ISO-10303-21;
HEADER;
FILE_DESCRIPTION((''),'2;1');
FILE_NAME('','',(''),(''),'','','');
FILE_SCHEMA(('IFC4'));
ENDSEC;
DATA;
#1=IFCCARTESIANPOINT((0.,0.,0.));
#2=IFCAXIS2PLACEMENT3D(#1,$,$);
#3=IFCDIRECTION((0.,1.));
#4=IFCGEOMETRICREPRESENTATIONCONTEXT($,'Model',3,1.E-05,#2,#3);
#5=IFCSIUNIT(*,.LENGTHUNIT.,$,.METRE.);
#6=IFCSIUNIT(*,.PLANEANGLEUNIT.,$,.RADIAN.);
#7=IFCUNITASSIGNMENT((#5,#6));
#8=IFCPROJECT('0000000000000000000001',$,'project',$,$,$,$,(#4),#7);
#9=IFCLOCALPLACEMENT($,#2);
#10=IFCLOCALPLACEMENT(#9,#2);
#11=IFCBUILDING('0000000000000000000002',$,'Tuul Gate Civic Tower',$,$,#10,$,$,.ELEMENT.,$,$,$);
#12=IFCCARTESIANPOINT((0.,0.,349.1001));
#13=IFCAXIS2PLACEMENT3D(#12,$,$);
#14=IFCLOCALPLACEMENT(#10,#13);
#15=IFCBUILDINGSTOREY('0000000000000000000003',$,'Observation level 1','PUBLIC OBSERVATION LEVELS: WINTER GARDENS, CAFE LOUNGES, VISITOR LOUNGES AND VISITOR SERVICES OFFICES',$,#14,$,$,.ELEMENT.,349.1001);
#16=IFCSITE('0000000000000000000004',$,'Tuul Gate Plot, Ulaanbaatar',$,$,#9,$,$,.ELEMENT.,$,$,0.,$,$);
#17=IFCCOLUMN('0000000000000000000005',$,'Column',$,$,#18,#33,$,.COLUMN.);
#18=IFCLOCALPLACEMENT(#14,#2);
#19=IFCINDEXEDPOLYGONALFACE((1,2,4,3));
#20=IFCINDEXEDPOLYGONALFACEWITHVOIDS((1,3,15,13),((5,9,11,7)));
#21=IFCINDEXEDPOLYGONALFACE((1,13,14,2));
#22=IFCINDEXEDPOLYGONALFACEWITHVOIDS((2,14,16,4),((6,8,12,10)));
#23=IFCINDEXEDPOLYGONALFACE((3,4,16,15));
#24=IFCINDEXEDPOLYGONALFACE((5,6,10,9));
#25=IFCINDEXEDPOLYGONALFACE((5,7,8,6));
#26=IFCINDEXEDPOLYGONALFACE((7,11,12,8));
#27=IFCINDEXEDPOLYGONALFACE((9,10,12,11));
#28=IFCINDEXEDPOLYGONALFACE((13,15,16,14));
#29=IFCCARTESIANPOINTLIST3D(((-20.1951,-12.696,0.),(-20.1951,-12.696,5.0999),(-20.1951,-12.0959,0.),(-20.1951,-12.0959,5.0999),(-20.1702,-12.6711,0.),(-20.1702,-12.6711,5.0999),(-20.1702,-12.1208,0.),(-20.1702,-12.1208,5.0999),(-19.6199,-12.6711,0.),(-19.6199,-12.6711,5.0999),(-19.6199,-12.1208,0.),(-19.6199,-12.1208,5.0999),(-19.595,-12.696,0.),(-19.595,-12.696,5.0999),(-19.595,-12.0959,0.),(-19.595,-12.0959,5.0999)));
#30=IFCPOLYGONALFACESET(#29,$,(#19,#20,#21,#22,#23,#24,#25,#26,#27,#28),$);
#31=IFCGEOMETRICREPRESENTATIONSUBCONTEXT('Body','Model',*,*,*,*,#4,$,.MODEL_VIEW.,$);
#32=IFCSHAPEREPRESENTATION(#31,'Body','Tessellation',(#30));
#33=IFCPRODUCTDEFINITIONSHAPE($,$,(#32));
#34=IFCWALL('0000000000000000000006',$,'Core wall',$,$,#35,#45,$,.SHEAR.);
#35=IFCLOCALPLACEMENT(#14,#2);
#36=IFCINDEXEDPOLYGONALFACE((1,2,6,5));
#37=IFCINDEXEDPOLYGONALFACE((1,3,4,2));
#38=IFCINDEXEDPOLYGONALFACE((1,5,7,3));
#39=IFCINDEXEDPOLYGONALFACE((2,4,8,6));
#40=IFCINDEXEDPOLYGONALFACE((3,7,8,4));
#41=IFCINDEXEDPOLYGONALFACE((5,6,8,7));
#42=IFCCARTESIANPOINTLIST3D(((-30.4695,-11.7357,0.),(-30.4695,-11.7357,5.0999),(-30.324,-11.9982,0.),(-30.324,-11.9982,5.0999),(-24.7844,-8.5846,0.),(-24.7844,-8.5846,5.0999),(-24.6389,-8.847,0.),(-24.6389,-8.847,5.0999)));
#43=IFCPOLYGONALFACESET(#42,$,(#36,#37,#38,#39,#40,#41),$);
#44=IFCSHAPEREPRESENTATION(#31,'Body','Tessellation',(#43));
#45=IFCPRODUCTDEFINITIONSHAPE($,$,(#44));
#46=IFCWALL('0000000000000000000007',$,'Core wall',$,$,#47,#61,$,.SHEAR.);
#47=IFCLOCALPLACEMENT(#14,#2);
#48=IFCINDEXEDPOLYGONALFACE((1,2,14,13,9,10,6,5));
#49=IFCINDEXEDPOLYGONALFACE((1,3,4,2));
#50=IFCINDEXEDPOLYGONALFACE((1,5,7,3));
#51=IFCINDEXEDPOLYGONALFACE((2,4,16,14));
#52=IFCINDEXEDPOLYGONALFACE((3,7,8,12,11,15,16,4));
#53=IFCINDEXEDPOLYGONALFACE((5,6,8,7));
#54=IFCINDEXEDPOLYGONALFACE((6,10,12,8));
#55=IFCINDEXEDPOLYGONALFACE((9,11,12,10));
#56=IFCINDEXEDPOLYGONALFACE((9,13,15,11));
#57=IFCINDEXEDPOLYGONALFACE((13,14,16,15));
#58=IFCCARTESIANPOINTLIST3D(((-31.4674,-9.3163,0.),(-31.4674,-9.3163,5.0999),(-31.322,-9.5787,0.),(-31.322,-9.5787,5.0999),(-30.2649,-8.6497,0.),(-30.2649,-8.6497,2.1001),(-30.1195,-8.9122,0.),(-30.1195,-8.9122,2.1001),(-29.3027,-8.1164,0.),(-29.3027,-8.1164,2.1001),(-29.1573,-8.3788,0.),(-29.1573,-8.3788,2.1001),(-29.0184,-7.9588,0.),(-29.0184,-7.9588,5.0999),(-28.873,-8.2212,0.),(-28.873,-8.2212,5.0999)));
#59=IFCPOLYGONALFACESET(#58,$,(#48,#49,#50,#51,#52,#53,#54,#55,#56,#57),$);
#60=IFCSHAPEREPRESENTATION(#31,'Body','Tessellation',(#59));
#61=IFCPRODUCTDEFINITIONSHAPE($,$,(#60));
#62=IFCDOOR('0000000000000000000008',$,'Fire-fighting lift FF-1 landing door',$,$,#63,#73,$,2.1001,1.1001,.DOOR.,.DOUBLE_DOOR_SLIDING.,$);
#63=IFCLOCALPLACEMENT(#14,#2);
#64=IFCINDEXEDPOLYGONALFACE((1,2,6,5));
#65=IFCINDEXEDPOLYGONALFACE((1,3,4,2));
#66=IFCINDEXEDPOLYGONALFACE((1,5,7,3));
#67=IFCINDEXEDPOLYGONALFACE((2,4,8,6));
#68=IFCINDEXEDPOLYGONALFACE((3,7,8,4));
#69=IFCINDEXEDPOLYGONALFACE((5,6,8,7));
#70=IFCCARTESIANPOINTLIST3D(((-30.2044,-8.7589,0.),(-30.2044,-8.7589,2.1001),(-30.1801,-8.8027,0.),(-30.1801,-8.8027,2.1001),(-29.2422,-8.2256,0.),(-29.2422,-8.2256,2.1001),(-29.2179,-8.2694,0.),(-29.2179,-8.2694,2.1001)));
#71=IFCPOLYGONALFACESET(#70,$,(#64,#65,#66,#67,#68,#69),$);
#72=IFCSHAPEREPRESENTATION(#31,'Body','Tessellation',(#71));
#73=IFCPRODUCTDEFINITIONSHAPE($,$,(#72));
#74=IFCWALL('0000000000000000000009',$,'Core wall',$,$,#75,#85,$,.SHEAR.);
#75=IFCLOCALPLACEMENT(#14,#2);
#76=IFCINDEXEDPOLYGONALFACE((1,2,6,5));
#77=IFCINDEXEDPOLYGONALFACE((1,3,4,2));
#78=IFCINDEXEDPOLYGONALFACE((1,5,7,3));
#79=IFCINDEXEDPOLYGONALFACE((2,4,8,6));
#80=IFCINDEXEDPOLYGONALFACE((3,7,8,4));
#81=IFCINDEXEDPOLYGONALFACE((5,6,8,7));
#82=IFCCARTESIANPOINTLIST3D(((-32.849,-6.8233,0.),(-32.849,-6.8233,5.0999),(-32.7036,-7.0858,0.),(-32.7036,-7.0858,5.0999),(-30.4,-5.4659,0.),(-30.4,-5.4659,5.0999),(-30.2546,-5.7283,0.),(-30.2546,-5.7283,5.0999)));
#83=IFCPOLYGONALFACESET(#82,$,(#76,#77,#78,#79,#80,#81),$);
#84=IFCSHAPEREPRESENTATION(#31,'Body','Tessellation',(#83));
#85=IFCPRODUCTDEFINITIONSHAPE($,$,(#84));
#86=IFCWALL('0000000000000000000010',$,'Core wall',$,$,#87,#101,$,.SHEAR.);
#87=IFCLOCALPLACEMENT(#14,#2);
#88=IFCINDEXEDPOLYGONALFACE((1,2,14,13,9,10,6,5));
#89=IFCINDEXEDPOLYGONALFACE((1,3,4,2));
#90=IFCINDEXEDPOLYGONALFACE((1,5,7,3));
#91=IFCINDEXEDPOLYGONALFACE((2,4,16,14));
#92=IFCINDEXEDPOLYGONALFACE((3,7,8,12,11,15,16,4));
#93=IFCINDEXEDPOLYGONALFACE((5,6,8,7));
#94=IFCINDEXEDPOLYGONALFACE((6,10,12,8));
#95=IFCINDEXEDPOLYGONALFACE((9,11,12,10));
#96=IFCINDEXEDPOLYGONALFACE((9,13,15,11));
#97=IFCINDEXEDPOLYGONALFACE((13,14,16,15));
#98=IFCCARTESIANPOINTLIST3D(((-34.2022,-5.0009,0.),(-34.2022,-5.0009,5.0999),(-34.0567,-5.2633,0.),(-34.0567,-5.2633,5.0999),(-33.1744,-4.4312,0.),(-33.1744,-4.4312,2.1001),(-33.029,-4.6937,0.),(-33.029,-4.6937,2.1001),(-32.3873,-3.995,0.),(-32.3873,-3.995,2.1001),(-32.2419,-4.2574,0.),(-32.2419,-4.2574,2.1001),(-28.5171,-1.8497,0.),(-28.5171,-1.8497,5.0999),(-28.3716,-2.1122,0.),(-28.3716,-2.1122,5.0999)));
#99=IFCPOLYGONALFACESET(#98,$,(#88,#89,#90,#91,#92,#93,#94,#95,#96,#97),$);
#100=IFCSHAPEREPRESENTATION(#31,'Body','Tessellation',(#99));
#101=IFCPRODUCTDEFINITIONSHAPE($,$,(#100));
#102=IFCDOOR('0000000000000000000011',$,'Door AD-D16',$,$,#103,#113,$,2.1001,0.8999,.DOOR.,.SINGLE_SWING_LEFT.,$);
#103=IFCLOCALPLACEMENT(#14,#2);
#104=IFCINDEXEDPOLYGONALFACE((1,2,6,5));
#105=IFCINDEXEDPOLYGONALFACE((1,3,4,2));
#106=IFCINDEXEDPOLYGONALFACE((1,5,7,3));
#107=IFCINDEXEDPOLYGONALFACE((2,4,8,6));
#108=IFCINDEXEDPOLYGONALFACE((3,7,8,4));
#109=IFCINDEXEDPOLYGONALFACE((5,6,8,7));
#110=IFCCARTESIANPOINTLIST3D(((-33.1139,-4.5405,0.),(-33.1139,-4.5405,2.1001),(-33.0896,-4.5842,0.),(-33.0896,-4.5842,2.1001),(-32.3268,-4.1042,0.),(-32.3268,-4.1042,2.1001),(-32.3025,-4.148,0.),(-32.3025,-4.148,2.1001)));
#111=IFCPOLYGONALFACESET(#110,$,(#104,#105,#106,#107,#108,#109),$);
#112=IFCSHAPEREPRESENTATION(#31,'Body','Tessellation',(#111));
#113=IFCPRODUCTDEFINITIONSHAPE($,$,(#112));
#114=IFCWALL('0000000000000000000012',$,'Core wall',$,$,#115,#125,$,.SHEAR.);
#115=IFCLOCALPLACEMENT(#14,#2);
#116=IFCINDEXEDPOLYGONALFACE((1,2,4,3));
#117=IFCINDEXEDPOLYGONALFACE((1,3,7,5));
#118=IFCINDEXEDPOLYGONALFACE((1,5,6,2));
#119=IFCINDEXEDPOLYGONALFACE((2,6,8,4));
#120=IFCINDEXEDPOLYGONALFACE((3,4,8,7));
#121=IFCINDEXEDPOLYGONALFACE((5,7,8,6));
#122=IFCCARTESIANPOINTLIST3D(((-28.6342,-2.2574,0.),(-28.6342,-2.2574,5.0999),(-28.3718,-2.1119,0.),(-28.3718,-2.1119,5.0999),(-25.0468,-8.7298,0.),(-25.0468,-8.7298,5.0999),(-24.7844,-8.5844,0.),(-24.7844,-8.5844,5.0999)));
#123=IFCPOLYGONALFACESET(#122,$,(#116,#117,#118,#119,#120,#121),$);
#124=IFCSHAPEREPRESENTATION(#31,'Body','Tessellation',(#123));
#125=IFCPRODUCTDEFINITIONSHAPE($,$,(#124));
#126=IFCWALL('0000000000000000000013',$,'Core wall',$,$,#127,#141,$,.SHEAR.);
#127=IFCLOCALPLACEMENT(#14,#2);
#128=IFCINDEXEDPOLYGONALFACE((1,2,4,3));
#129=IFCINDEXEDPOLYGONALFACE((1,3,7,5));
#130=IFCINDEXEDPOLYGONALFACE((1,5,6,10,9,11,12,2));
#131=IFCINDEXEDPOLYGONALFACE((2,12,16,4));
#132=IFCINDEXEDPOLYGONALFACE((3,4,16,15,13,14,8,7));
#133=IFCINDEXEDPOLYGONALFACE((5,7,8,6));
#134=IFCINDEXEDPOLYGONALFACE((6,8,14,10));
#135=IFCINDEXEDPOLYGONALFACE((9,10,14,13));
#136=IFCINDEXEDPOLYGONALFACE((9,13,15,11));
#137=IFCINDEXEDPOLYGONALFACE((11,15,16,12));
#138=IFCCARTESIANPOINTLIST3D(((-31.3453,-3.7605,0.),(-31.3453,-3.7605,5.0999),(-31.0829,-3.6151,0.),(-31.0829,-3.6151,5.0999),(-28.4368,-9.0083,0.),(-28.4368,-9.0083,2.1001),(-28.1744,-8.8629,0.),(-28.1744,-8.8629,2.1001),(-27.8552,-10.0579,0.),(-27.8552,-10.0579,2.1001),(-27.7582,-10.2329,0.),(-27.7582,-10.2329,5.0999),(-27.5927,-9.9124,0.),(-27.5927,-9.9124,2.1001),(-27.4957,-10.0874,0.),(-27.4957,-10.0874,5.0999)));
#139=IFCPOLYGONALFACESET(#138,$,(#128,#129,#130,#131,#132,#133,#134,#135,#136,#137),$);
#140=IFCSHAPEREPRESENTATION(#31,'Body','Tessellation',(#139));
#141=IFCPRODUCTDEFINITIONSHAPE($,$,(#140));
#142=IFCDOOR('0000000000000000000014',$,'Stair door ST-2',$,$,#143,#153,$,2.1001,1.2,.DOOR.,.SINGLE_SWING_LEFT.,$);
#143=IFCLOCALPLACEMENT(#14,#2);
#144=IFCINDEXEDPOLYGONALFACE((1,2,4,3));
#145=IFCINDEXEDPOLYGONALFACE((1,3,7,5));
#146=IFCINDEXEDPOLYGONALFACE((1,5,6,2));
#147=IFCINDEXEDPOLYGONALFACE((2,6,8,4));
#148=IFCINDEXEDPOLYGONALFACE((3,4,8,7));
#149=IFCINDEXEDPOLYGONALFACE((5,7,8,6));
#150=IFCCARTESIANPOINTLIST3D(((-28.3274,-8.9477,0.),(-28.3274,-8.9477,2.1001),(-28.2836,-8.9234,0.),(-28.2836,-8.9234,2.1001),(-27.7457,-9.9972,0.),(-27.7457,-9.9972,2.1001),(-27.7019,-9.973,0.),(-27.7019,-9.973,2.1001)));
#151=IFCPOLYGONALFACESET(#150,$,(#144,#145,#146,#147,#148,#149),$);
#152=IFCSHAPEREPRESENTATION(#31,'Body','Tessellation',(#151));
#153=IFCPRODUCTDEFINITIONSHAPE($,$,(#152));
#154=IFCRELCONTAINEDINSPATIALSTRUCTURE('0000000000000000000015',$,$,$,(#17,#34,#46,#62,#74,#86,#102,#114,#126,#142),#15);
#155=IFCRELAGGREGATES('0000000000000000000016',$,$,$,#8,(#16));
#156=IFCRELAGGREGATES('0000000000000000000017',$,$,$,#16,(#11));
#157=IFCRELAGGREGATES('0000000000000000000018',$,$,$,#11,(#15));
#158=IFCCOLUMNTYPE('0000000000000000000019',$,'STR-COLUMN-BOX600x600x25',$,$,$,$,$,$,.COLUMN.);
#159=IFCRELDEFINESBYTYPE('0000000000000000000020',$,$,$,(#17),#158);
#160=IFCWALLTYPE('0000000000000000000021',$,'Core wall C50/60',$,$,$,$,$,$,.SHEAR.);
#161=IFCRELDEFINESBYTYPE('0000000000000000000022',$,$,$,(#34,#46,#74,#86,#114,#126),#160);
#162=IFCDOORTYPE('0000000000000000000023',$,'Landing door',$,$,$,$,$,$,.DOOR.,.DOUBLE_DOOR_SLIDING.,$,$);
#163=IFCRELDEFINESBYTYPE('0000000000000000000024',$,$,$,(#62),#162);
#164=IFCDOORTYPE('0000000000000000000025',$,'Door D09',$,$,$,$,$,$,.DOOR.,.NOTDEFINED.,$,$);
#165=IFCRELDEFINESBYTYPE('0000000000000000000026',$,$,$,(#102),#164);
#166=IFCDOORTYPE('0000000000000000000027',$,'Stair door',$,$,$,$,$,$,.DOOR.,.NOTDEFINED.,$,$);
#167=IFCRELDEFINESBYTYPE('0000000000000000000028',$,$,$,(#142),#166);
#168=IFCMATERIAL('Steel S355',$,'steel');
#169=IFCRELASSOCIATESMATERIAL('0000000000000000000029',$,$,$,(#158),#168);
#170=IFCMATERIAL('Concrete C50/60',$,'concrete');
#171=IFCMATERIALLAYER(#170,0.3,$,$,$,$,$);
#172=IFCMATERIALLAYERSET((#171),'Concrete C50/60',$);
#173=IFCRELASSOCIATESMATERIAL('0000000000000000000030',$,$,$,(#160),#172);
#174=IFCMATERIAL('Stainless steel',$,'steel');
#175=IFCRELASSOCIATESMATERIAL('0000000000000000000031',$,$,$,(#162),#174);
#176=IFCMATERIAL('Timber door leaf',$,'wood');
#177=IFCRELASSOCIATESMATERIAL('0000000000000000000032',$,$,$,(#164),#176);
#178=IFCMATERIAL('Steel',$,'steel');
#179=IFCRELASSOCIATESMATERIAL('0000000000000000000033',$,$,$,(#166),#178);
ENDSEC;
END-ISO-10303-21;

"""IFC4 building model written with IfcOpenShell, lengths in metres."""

from ifc_helpers import new_model, si_unit, direction, frame, frame_2d, origin, origin_2d, place, context, subcontext, project, spatial, rectangle, hollow_rectangle, extrude, material, layer, layer_set, material_profile, profile_set, type_object, element, fill, save


model = new_model("IFC4")

# Units and contexts
model_context = context("Model", 3, precision=1e-05, world=origin(), true_north=direction((0.0, 1.0)))
body_context = subcontext(model_context, "Body", "Model", "MODEL_VIEW")
ifc_project = project(units=[si_unit("LENGTHUNIT", "METRE"), si_unit("PLANEANGLEUNIT", "RADIAN")], contexts=[model_context])

# Site, building, storey
site_placement = place(None, origin())
site = spatial("IfcSite", under=ifc_project, at=site_placement, Name="Tuul Gate Plot, Ulaanbaatar", CompositionType="ELEMENT", RefElevation=0.0)
building_placement = place(site_placement, origin())
building = spatial("IfcBuilding", under=site, at=building_placement, Name="Tuul Gate Civic Tower", CompositionType="ELEMENT")
storey_placement = place(building_placement, frame((0.0, 0.0, 349.1001)))
storey = spatial("IfcBuildingStorey", under=building, at=storey_placement, Name="Observation level 1", Description="PUBLIC OBSERVATION LEVELS: WINTER GARDENS, CAFE LOUNGES, VISITOR LOUNGES AND VISITOR SERVICES OFFICES", CompositionType="ELEMENT", Elevation=349.1001)

# Column
ifc_material_1 = material(Name="Steel S355", Category="steel")
ifc_material_profile = material_profile(ifc_material_1, hollow_rectangle(XDim=0.6001, YDim=0.6001, WallThickness=0.0249, at=origin_2d()), Name="BOX600x600x25")
ifc_profile_set = profile_set([ifc_material_profile], Name="Steel S355")
column_type = type_object("IfcColumnType", Name="STR-COLUMN-BOX600x600x25", PredefinedType="COLUMN", material=ifc_profile_set)
column_placement = place(storey_placement, frame((-19.895, -12.396, 0.0), z_axis=(0.0, 0.0, 1.0), x_axis=(1.0, 0.0, 0.0)))
element("IfcColumn", 1, at=column_placement, inside=storey, type_object=column_type, Name="Column", PredefinedType="COLUMN", context=body_context, shape_type="SweptSolid", body=[
    extrude(hollow_rectangle(XDim=0.6001, YDim=0.6001, WallThickness=0.0249, at=origin_2d()), origin(), (0.0, 0.0, 1.0), 5.0999),
])

# Wall
ifc_material_2 = material(Name="Concrete C50/60", Category="concrete")
ifc_layer_1 = layer(ifc_material_2, 0.3)
ifc_layer_set_1 = layer_set([ifc_layer_1], Name="Concrete C50/60")
wall_type_1 = type_object("IfcWallType", Name="Core wall C50/60", PredefinedType="SHEAR", material=ifc_layer_set_1)
wall_1_placement = place(storey_placement, frame((-24.7117, -8.7158, 0.0), z_axis=(0.0, 0.0, 1.0), x_axis=(-0.87463, -0.484791, 0.0)))
element("IfcWall", 2, at=wall_1_placement, inside=storey, type_object=wall_type_1, Name="Core wall", PredefinedType="SHEAR", context=body_context, shape_type="SweptSolid", body=[
    extrude(rectangle(XDim=6.5, YDim=0.3, at=frame_2d((3.25, 0.0))), origin(), (0.0, 0.0, 1.0), 5.0999),
])

# Wall, opening, door
wall_2_placement = place(storey_placement, frame((-28.9458, -8.0901, 0.0), z_axis=(0.0, 0.0, 1.0), x_axis=(-0.87463, -0.484791, 0.0)))
wall_2 = element("IfcWall", 3, at=wall_2_placement, inside=storey, type_object=wall_type_1, Name="Core wall", PredefinedType="SHEAR", context=body_context, shape_type="SweptSolid", body=[
    extrude(rectangle(XDim=2.8, YDim=0.3, at=frame_2d((1.3999, 0.0))), origin(), (0.0, 0.0, 1.0), 5.0999),
])
opening_1_placement = place(wall_2_placement, frame((0.325, 0.0, 0.0)))
opening_1 = element("IfcOpeningElement", 4, at=opening_1_placement, cuts=wall_2, PredefinedType="OPENING", context=body_context, shape_type="SweptSolid", body=[
    extrude(rectangle(XDim=1.1001, YDim=2.1001, at=frame_2d((0.55, 1.05))), frame((0.0, 0.1602, 0.0), z_axis=(0.0, -1.0, 0.0), x_axis=(1.0, 0.0, 0.0)), (0.0, 0.0, 1.0), 0.3201),
])
ifc_material_3 = material(Name="Stainless steel", Category="steel")
door_type_1 = type_object("IfcDoorType", Name="Landing door", OperationType="DOUBLE_DOOR_SLIDING", PredefinedType="DOOR", material=ifc_material_3)
door_1_placement = place(opening_1_placement, origin())
door_1 = element("IfcDoor", 5, at=door_1_placement, inside=storey, type_object=door_type_1, Name="Fire-fighting lift FF-1 landing door", OperationType="DOUBLE_DOOR_SLIDING", OverallHeight=2.1001, OverallWidth=1.1001, PredefinedType="DOOR", context=body_context, shape_type="SweptSolid", body=[
    extrude(rectangle(XDim=1.1001, YDim=2.1001, at=frame_2d((0.55, 1.05))), frame((0.0, 0.0249, 0.0), z_axis=(0.0, -1.0, 0.0), x_axis=(1.0, 0.0, 0.0)), (0.0, 0.0, 1.0), 0.05),
])
fill(opening_1, door_1)

# Wall
wall_3_placement = place(storey_placement, frame((-30.3274, -5.5972, 0.0), z_axis=(0.0, 0.0, 1.0), x_axis=(-0.87463, -0.484791, 0.0)))
element("IfcWall", 6, at=wall_3_placement, inside=storey, type_object=wall_type_1, Name="Core wall", PredefinedType="SHEAR", context=body_context, shape_type="SweptSolid", body=[
    extrude(rectangle(XDim=2.8, YDim=0.3, at=frame_2d((1.3999, 0.0))), origin(), (0.0, 0.0, 1.0), 5.0999),
])

# Wall, opening, door
wall_4_placement = place(storey_placement, frame((-28.4443, -1.981, 0.0), z_axis=(0.0, 0.0, 1.0), x_axis=(-0.87463, -0.484791, 0.0)))
wall_4 = element("IfcWall", 7, at=wall_4_placement, inside=storey, type_object=wall_type_1, Name="Core wall", PredefinedType="SHEAR", context=body_context, shape_type="SweptSolid", body=[
    extrude(rectangle(XDim=6.5, YDim=0.3, at=frame_2d((3.25, 0.0))), origin(), (0.0, 0.0, 1.0), 5.0999),
])
opening_2_placement = place(wall_4_placement, frame((4.425, 0.0, 0.0)))
opening_2 = element("IfcOpeningElement", 8, at=opening_2_placement, cuts=wall_4, PredefinedType="OPENING", context=body_context, shape_type="SweptSolid", body=[
    extrude(rectangle(XDim=0.8999, YDim=2.1001, at=frame_2d((0.45, 1.05))), frame((0.0, 0.1602, 0.0), z_axis=(0.0, -1.0, 0.0), x_axis=(1.0, 0.0, 0.0)), (0.0, 0.0, 1.0), 0.3201),
])
ifc_material_4 = material(Name="Timber door leaf", Category="wood")
door_type_2 = type_object("IfcDoorType", Name="Door D09", OperationType="NOTDEFINED", PredefinedType="DOOR", material=ifc_material_4)
door_2_placement = place(opening_2_placement, origin())
door_2 = element("IfcDoor", 9, at=door_2_placement, inside=storey, type_object=door_type_2, Name="Door AD-D16", OperationType="SINGLE_SWING_LEFT", OverallHeight=2.1001, OverallWidth=0.8999, PredefinedType="DOOR", context=body_context, shape_type="SweptSolid", body=[
    extrude(rectangle(XDim=0.8999, YDim=2.1001, at=frame_2d((0.45, 1.05))), frame((0.0, 0.0249, 0.0), z_axis=(0.0, -1.0, 0.0), x_axis=(1.0, 0.0, 0.0)), (0.0, 0.0, 1.0), 0.05),
])
fill(opening_2, door_2)

# Wall
wall_5_placement = place(storey_placement, frame((-24.9155, -8.6572, 0.0), z_axis=(0.0, 0.0, 1.0), x_axis=(-0.484777, 0.874638, 0.0)))
element("IfcWall", 10, at=wall_5_placement, inside=storey, type_object=wall_type_1, Name="Core wall", PredefinedType="SHEAR", context=body_context, shape_type="SweptSolid", body=[
    extrude(rectangle(XDim=7.4001, YDim=0.3, at=frame_2d((3.7002, 0.0))), origin(), (0.0, 0.0, 1.0), 5.0999),
])

# Wall, opening, door
wall_6_placement = place(storey_placement, frame((-27.627, -10.1602, 0.0), z_axis=(0.0, 0.0, 1.0), x_axis=(-0.484752, 0.874652, 0.0)))
wall_6 = element("IfcWall", 11, at=wall_6_placement, inside=storey, type_object=wall_type_1, Name="Core wall", PredefinedType="SHEAR", context=body_context, shape_type="SweptSolid", body=[
    extrude(rectangle(XDim=7.3999, YDim=0.3, at=frame_2d((3.7, 0.0))), origin(), (0.0, 0.0, 1.0), 5.0999),
])
opening_3_placement = place(wall_6_placement, frame((0.2, 0.0, 0.0)))
opening_3 = element("IfcOpeningElement", 12, at=opening_3_placement, cuts=wall_6, PredefinedType="OPENING", context=body_context, shape_type="SweptSolid", body=[
    extrude(rectangle(XDim=1.2, YDim=2.1001, at=frame_2d((0.6001, 1.05))), frame((0.0, 0.1602, 0.0), z_axis=(0.0, -1.0, 0.0), x_axis=(1.0, 0.0, 0.0)), (0.0, 0.0, 1.0), 0.3201),
])
ifc_material_5 = material(Name="Steel", Category="steel")
door_type_3 = type_object("IfcDoorType", Name="Stair door", OperationType="NOTDEFINED", PredefinedType="DOOR", material=ifc_material_5)
door_3_placement = place(opening_3_placement, origin())
door_3 = element("IfcDoor", 13, at=door_3_placement, inside=storey, type_object=door_type_3, Name="Stair door ST-2", OperationType="SINGLE_SWING_LEFT", OverallHeight=2.1001, OverallWidth=1.2, PredefinedType="DOOR", context=body_context, shape_type="SweptSolid", body=[
    extrude(rectangle(XDim=1.2, YDim=2.1001, at=frame_2d((0.6001, 1.05))), frame((0.0, 0.0249, 0.0), z_axis=(0.0, -1.0, 0.0), x_axis=(1.0, 0.0, 0.0)), (0.0, 0.0, 1.0), 0.05),
])
fill(opening_3, door_3)

save(model, "model.ifc")
